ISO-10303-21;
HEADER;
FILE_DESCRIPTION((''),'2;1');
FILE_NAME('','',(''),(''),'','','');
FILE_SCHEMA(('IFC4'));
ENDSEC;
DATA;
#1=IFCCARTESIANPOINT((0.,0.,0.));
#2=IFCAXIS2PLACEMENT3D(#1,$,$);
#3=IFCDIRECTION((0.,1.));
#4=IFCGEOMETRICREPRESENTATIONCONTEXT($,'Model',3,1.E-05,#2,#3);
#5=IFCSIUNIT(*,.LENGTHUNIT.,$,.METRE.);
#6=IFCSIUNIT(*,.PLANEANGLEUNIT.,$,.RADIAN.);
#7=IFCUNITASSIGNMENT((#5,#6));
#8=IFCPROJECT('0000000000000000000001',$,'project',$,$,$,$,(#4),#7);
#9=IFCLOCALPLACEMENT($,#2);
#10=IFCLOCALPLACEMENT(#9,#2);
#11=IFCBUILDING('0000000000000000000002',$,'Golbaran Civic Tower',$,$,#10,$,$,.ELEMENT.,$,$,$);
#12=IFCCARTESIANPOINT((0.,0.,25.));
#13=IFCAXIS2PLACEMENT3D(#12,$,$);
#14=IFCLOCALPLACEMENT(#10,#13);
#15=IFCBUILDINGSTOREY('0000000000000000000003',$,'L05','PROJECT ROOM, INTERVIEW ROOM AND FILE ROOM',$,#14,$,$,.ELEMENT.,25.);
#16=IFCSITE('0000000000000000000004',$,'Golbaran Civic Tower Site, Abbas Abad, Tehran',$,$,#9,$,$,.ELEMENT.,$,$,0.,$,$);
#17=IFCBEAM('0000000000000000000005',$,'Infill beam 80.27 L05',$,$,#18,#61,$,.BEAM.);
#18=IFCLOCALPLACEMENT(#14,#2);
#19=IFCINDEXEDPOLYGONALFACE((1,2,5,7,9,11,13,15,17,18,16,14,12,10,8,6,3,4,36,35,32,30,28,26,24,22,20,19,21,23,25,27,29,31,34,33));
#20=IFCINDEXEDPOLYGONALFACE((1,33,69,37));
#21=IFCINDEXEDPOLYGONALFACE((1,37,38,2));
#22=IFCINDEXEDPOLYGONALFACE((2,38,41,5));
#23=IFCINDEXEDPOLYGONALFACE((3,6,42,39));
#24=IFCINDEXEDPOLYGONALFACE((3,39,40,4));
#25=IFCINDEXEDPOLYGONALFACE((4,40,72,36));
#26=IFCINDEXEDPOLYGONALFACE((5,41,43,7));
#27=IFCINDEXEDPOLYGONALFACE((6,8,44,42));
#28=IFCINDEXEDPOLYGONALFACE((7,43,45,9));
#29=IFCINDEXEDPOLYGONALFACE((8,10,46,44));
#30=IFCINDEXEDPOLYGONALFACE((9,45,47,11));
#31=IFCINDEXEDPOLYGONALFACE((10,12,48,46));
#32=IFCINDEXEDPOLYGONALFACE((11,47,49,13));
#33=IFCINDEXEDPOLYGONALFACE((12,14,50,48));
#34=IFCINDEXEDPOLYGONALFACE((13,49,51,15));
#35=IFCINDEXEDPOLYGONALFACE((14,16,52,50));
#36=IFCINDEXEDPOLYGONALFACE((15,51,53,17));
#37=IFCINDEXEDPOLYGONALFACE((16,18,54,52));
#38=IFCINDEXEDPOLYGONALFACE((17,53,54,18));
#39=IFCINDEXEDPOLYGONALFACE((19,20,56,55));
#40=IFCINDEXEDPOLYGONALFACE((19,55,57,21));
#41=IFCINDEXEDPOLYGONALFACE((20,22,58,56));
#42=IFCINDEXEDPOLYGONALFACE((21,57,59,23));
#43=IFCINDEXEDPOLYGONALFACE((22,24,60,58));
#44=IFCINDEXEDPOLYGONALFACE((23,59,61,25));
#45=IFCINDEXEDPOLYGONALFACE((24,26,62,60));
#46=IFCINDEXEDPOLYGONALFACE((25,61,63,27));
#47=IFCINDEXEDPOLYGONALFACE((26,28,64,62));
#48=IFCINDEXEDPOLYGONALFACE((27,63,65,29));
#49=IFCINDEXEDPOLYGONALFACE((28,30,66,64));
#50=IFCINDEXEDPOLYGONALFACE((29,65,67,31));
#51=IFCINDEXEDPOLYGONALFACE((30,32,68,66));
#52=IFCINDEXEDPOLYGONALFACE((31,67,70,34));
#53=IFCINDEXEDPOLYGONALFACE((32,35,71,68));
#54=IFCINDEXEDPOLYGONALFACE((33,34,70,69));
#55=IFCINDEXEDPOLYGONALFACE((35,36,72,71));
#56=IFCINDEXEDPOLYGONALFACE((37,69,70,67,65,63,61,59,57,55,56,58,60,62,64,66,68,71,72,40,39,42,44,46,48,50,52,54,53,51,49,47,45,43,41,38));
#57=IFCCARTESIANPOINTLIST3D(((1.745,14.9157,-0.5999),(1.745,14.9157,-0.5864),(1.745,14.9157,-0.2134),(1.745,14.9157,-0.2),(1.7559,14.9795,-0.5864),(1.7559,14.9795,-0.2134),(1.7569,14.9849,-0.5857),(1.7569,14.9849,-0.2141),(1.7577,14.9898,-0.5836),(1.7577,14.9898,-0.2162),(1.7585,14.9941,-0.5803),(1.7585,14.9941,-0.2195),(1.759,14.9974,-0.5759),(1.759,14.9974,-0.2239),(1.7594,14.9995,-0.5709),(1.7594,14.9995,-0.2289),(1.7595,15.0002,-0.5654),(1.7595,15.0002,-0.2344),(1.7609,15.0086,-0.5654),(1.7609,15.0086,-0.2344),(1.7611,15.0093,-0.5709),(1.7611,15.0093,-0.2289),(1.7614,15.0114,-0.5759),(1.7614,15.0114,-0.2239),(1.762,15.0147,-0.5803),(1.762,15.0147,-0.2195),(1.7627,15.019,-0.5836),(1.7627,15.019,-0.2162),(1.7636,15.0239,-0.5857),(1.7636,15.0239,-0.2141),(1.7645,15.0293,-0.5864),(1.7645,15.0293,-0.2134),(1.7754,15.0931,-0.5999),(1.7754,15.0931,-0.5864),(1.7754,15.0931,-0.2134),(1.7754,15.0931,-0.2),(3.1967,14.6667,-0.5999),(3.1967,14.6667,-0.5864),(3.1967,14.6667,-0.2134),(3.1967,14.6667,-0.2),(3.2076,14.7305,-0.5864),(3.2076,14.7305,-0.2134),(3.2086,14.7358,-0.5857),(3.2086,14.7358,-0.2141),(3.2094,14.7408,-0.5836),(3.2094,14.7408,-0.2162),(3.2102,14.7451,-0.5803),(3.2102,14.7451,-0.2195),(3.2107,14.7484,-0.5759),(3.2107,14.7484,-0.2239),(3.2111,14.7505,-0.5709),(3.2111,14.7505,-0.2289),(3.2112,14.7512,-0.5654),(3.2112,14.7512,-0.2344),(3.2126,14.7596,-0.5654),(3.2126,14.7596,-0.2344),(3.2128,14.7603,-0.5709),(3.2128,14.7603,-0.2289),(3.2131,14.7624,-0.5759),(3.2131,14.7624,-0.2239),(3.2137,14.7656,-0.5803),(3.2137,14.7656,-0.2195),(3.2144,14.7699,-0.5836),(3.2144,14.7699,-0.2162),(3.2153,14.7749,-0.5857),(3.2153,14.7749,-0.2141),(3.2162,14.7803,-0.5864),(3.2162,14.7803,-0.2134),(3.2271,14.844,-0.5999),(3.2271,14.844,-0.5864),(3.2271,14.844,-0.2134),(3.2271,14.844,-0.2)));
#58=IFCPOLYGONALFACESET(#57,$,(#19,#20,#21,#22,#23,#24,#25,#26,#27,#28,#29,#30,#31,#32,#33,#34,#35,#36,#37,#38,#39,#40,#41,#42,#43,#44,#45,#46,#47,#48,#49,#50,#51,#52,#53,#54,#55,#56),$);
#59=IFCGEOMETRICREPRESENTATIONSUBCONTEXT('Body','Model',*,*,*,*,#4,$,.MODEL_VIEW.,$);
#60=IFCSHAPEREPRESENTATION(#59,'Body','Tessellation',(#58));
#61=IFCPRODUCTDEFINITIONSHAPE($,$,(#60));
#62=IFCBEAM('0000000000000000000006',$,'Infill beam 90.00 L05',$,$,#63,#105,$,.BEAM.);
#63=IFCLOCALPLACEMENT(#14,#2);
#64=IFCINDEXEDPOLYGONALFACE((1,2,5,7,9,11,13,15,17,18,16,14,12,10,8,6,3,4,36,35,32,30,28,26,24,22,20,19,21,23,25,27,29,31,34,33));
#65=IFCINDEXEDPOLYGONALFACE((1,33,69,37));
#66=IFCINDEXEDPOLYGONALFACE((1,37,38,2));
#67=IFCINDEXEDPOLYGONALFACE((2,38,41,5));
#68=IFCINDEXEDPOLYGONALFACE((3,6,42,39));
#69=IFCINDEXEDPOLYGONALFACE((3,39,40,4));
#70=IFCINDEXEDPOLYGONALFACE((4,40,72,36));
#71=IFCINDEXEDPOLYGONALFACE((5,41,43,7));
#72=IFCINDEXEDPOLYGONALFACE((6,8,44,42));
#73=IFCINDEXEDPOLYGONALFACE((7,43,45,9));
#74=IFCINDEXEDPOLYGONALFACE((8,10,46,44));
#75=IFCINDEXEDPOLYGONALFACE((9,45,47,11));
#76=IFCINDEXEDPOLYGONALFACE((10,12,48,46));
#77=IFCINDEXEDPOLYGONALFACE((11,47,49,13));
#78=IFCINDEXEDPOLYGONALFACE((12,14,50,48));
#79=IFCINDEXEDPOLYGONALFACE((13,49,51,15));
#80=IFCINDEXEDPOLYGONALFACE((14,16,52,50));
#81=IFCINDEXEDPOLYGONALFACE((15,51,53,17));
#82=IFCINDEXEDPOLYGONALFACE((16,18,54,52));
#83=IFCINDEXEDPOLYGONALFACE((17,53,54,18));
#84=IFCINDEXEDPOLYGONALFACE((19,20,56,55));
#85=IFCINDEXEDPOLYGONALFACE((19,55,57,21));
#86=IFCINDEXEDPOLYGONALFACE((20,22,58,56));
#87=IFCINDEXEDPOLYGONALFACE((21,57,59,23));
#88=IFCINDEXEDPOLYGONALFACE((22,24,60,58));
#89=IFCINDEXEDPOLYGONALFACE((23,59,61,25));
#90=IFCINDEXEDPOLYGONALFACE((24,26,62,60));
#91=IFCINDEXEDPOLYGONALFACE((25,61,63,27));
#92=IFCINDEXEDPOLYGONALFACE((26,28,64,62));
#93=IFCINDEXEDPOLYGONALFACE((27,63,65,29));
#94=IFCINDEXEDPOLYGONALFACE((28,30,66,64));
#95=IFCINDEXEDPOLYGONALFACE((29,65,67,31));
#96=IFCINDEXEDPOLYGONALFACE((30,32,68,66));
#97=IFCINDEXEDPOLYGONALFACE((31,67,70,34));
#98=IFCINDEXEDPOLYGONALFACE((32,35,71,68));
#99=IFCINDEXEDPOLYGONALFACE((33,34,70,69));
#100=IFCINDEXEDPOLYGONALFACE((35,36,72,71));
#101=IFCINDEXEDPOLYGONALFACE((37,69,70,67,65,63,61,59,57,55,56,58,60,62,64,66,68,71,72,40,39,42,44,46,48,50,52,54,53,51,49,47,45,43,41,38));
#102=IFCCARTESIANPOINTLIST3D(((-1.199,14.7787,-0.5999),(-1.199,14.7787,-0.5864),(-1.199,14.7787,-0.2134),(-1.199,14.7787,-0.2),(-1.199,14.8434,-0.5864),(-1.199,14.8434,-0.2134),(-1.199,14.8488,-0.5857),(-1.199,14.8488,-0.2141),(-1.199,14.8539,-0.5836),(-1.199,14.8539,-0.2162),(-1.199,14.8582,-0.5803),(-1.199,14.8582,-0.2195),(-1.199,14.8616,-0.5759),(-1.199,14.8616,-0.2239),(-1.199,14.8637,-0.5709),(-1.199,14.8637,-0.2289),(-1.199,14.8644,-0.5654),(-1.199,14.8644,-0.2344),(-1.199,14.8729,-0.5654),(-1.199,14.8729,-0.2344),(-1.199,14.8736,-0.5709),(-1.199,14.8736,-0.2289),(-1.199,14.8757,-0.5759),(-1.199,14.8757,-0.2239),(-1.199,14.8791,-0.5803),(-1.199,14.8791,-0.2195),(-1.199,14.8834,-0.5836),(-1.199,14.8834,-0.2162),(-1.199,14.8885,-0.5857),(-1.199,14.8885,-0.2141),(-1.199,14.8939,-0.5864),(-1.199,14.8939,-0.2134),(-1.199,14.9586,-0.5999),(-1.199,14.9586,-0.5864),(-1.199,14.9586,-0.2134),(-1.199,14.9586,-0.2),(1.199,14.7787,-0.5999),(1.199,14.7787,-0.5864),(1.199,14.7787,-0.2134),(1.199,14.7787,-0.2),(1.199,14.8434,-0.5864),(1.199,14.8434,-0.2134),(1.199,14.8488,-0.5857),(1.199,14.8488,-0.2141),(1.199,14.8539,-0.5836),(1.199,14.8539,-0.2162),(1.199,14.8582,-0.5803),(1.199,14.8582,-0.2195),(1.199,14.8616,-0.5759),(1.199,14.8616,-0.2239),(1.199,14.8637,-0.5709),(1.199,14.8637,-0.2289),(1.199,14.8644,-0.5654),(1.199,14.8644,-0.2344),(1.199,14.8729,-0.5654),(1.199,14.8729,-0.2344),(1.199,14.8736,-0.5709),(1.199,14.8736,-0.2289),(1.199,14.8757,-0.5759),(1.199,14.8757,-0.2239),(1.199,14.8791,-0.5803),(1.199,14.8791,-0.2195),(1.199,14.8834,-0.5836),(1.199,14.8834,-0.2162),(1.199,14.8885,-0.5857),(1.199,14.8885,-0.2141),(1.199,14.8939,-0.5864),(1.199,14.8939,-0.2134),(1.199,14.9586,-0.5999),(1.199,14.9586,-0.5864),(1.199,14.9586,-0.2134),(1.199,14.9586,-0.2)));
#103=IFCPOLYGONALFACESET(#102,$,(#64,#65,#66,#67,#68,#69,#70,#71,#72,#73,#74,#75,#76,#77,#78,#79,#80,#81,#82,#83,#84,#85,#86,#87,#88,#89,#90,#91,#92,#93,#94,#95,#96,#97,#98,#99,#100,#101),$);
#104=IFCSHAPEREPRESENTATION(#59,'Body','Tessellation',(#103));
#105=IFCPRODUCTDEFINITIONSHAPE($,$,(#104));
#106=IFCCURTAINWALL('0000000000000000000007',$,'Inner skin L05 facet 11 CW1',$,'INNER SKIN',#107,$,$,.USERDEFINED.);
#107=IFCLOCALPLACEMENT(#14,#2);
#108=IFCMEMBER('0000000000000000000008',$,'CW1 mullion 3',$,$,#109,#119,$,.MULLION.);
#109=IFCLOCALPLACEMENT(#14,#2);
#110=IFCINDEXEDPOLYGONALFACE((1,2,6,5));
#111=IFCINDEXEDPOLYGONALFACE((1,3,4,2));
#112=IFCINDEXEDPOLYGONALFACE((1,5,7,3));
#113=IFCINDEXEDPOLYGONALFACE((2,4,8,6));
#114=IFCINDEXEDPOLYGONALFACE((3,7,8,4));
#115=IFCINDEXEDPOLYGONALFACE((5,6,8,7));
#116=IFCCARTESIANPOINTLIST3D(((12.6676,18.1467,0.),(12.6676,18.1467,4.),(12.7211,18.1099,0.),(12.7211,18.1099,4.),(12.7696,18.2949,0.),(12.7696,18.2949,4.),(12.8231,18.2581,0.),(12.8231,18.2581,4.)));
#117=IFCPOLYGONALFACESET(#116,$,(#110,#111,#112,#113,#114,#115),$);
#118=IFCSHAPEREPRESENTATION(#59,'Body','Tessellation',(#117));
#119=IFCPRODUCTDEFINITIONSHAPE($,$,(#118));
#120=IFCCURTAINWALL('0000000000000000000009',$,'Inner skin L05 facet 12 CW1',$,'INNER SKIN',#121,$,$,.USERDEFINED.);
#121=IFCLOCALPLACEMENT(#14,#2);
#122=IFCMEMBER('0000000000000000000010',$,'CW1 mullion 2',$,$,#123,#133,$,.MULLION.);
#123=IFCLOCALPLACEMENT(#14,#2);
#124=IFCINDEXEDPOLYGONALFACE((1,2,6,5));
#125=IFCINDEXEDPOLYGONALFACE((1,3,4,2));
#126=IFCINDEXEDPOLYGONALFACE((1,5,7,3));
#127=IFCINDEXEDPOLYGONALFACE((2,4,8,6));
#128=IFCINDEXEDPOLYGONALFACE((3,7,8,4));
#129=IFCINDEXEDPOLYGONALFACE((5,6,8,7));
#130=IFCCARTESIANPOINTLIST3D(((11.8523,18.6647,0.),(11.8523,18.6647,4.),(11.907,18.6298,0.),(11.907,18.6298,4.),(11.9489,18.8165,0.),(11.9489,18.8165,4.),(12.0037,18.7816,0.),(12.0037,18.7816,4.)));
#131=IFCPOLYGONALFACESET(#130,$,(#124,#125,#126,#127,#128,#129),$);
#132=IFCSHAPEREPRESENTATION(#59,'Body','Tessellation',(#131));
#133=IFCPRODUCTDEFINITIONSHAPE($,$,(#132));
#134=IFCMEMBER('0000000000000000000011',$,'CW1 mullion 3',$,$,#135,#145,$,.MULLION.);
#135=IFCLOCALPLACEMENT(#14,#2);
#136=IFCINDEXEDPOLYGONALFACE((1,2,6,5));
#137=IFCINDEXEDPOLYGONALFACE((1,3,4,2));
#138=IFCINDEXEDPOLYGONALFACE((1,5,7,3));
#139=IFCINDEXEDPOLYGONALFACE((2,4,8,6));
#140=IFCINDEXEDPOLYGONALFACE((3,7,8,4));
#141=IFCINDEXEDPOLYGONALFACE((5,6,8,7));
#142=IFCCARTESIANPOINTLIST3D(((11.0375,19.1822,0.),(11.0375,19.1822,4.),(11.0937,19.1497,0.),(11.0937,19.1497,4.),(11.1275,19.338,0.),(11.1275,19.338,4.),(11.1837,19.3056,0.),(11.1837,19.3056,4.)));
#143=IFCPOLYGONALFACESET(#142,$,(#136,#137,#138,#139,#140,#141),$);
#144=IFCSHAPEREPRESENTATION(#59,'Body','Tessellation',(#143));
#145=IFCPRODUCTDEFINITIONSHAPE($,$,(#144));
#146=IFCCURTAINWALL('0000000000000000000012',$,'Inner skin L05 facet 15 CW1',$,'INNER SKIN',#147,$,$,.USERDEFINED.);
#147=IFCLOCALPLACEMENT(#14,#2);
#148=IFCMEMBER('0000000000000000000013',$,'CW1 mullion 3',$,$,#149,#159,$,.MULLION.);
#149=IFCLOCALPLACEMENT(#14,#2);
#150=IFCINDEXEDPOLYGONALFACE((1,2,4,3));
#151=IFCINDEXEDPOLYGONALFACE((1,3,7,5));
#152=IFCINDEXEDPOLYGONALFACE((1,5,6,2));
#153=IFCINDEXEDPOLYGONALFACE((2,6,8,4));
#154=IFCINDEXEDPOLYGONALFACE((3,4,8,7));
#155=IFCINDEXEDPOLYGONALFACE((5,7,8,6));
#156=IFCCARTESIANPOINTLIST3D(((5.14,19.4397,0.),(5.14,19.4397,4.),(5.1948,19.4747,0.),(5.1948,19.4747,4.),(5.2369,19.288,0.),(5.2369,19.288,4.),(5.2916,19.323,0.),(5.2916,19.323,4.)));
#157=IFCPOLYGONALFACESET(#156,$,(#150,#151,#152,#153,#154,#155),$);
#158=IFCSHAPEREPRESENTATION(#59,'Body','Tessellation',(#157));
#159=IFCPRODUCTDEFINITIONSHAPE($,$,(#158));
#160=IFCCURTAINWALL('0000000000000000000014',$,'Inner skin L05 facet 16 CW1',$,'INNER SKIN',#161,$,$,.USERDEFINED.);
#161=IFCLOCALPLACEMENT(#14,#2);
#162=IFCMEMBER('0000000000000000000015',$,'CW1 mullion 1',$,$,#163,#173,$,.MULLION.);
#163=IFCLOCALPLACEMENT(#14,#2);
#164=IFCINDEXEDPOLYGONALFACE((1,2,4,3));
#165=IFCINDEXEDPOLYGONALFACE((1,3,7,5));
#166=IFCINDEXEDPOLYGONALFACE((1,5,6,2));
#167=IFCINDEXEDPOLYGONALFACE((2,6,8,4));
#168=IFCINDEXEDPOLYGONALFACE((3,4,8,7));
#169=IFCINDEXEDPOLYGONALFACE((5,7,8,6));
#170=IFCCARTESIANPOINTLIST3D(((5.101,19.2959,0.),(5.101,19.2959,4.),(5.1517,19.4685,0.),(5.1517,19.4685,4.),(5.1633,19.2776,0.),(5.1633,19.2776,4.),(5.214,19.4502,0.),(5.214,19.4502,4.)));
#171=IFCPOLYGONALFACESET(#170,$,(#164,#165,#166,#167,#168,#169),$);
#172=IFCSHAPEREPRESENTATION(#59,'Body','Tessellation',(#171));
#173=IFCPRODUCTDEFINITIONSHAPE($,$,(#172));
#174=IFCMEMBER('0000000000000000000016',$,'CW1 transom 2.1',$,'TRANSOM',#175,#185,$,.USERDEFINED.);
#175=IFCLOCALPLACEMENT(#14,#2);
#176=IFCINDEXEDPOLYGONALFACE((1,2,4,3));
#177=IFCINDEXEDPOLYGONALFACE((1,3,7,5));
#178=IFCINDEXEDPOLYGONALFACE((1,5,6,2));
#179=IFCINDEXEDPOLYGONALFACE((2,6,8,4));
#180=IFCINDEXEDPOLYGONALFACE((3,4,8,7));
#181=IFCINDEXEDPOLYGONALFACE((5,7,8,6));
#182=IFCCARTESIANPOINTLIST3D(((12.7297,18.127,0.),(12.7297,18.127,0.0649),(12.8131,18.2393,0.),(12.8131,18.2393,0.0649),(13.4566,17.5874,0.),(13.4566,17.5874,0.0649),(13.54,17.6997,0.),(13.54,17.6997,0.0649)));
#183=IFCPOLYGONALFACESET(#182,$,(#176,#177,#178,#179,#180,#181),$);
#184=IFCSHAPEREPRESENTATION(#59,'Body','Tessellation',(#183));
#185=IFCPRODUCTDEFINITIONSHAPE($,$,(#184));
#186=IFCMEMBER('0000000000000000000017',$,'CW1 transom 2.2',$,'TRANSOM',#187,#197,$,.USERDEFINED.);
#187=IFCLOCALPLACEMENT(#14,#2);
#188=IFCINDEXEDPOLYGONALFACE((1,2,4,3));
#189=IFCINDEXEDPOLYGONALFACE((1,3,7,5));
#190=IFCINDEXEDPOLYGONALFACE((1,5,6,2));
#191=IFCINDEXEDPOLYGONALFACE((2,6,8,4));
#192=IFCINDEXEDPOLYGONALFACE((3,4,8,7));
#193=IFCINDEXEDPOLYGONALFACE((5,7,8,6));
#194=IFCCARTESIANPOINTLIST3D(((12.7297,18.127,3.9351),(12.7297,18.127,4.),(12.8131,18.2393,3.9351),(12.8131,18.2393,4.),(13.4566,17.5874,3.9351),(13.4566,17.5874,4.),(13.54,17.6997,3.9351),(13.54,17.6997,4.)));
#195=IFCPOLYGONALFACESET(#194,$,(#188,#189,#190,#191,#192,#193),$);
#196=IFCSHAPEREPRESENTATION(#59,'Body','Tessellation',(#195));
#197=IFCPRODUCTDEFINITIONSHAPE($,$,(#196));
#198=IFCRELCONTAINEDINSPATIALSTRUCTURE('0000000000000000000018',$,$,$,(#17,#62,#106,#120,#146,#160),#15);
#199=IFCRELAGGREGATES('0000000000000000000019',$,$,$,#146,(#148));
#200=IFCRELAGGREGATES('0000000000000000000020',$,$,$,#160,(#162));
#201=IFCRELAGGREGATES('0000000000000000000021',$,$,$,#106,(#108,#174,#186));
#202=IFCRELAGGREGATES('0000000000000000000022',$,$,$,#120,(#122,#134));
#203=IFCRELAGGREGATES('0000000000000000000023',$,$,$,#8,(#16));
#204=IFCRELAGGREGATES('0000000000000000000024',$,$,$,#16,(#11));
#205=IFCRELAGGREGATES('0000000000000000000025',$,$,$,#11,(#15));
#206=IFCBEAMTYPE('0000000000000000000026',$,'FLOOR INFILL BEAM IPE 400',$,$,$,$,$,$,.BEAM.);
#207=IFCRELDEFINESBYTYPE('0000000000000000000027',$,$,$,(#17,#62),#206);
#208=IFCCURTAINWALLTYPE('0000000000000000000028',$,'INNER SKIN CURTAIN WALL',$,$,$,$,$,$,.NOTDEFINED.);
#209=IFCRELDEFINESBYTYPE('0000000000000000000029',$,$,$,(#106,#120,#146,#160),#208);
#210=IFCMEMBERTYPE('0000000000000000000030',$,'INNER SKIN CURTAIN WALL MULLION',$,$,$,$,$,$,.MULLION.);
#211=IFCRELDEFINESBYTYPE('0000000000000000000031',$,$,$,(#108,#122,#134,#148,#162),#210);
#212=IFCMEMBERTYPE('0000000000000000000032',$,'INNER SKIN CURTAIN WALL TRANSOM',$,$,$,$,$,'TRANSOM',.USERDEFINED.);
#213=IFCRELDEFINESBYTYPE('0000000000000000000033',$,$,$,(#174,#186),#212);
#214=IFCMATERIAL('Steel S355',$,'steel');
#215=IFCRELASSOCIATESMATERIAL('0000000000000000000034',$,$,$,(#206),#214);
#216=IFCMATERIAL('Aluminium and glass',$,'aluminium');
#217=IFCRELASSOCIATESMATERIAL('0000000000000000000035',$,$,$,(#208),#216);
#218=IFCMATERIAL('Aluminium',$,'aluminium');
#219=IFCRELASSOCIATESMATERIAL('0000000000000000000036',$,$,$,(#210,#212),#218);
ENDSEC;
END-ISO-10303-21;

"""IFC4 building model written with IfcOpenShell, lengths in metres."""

from ifc_helpers import new_model, si_unit, direction, frame, origin, origin_2d, place, context, subcontext, project, spatial, rectangle, i_section, extrude, material, material_profile, profile_set, type_object, element, aggregate, save


model = new_model("IFC4")

# Units and contexts
model_context = context("Model", 3, precision=1e-05, world=origin(), true_north=direction((0.0, 1.0)))
body_context = subcontext(model_context, "Body", "Model", "MODEL_VIEW")
ifc_project = project(units=[si_unit("LENGTHUNIT", "METRE"), si_unit("PLANEANGLEUNIT", "RADIAN")], contexts=[model_context])

# Site, building, storey
site_placement = place(None, origin())
site = spatial("IfcSite", under=ifc_project, at=site_placement, Name="Golbaran Civic Tower Site, Abbas Abad, Tehran", CompositionType="ELEMENT", RefElevation=0.0)
building_placement = place(site_placement, origin())
building = spatial("IfcBuilding", under=site, at=building_placement, Name="Golbaran Civic Tower", CompositionType="ELEMENT")
storey_placement = place(building_placement, frame((0.0, 0.0, 25.0)))
storey = spatial("IfcBuildingStorey", under=building, at=storey_placement, Name="L05", Description="PROJECT ROOM, INTERVIEW ROOM AND FILE ROOM", CompositionType="ELEMENT", Elevation=25.0)

# Beams
ifc_material_1 = material(Name="Steel S355", Category="steel")
ifc_material_profile_1 = material_profile(ifc_material_1, i_section(OverallWidth=0.1799, OverallDepth=0.3999, WebThickness=0.0085, FlangeThickness=0.0134, FilletRadius=0.021, at=origin_2d()), Name="IPE 400")
ifc_profile_set_1 = profile_set([ifc_material_profile_1], Name="Steel S355")
beam_type_1 = type_object("IfcBeamType", Name="FLOOR INFILL BEAM IPE 400", PredefinedType="BEAM", material=ifc_profile_set_1)
beam_1_placement = place(storey_placement, frame((3.2119, 14.7554, -0.3999), z_axis=(-0.985603, 0.169074, 0.0), x_axis=(-0.169074, -0.985603, 0.0)))
element("IfcBeam", 1, at=beam_1_placement, inside=storey, type_object=beam_type_1, Name="Infill beam 80.27 L05", PredefinedType="BEAM", context=body_context, shape_type="SweptSolid", body=[
    extrude(i_section(OverallWidth=0.1799, OverallDepth=0.3999, WebThickness=0.0085, FlangeThickness=0.0134, FilletRadius=0.021, at=origin_2d()), origin(), (0.0, 0.0, 1.0), 1.4729),
])
beam_2_placement = place(storey_placement, frame((1.199, 14.8687, -0.3999), z_axis=(-1.0, 0.0, 0.0), x_axis=(0.0, -1.0, 0.0)))
element("IfcBeam", 2, at=beam_2_placement, inside=storey, type_object=beam_type_1, Name="Infill beam 90.00 L05", PredefinedType="BEAM", context=body_context, shape_type="SweptSolid", body=[
    extrude(i_section(OverallWidth=0.1799, OverallDepth=0.3999, WebThickness=0.0085, FlangeThickness=0.0134, FilletRadius=0.021, at=origin_2d()), origin(), (0.0, 0.0, 1.0), 2.3979),
])

# Curtain wall, member
ifc_material_2 = material(Name="Aluminium and glass", Category="aluminium")
curtain_wall_type = type_object("IfcCurtainWallType", Name="INNER SKIN CURTAIN WALL", PredefinedType="NOTDEFINED", material=ifc_material_2)
curtain_wall_1_placement = place(storey_placement, origin())
curtain_wall_1 = element("IfcCurtainWall", 3, at=curtain_wall_1_placement, inside=storey, type_object=curtain_wall_type, Name="Inner skin L05 facet 11 CW1", ObjectType="INNER SKIN", PredefinedType="USERDEFINED")
ifc_material_3 = material(Name="Aluminium", Category="aluminium")
ifc_material_profile_2 = material_profile(ifc_material_3, rectangle(XDim=0.1799, YDim=0.0649, at=origin_2d()), Name="INNER SKIN CURTAIN WALL MULLION")
ifc_profile_set_2 = profile_set([ifc_material_profile_2], Name="Aluminium")
member_type_1 = type_object("IfcMemberType", Name="INNER SKIN CURTAIN WALL MULLION", PredefinedType="MULLION", material=ifc_profile_set_2)
member_1_placement = place(storey_placement, frame((12.7454, 18.2024, 0.0), z_axis=(0.0, 0.0, 1.0), x_axis=(-0.56702, -0.823704, 0.0)))
member_1 = element("IfcMember", 4, at=member_1_placement, type_object=member_type_1, Name="CW1 mullion 3", PredefinedType="MULLION", context=body_context, shape_type="SweptSolid", body=[
    extrude(rectangle(XDim=0.1799, YDim=0.0649, at=origin_2d()), origin(), (0.0, 0.0, 1.0), 4.0),
])

# Curtain wall, members
curtain_wall_2_placement = place(storey_placement, origin())
curtain_wall_2 = element("IfcCurtainWall", 5, at=curtain_wall_2_placement, inside=storey, type_object=curtain_wall_type, Name="Inner skin L05 facet 12 CW1", ObjectType="INNER SKIN", PredefinedType="USERDEFINED")
member_2_placement = place(storey_placement, frame((11.928, 18.7231, 0.0), z_axis=(0.0, 0.0, 1.0), x_axis=(-0.5373, -0.843391, 0.0)))
member_2 = element("IfcMember", 6, at=member_2_placement, type_object=member_type_1, Name="CW1 mullion 2", PredefinedType="MULLION", context=body_context, shape_type="SweptSolid", body=[
    extrude(rectangle(XDim=0.1799, YDim=0.0649, at=origin_2d()), origin(), (0.0, 0.0, 1.0), 4.0),
])
member_3_placement = place(storey_placement, frame((11.1106, 19.2439, 0.0), z_axis=(0.0, 0.0, 1.0), x_axis=(-0.5, -0.866025, 0.0)))
member_3 = element("IfcMember", 7, at=member_3_placement, type_object=member_type_1, Name="CW1 mullion 3", PredefinedType="MULLION", context=body_context, shape_type="SweptSolid", body=[
    extrude(rectangle(XDim=0.1799, YDim=0.0649, at=origin_2d()), origin(), (0.0, 0.0, 1.0), 4.0),
])

# Curtain walls, members
curtain_wall_3_placement = place(storey_placement, origin())
curtain_wall_3 = element("IfcCurtainWall", 8, at=curtain_wall_3_placement, inside=storey, type_object=curtain_wall_type, Name="Inner skin L05 facet 15 CW1", ObjectType="INNER SKIN", PredefinedType="USERDEFINED")
member_4_placement = place(storey_placement, frame((5.2158, 19.3813, 0.0), z_axis=(0.0, 0.0, 1.0), x_axis=(0.538063, -0.842904, 0.0)))
member_4 = element("IfcMember", 9, at=member_4_placement, type_object=member_type_1, Name="CW1 mullion 3", PredefinedType="MULLION", context=body_context, shape_type="SweptSolid", body=[
    extrude(rectangle(XDim=0.1799, YDim=0.0649, at=origin_2d()), origin(), (0.0, 0.0, 1.0), 4.0),
])
aggregate(curtain_wall_3, [member_4])
curtain_wall_4_placement = place(storey_placement, origin())
curtain_wall_4 = element("IfcCurtainWall", 10, at=curtain_wall_4_placement, inside=storey, type_object=curtain_wall_type, Name="Inner skin L05 facet 16 CW1", ObjectType="INNER SKIN", PredefinedType="USERDEFINED")
member_5_placement = place(storey_placement, frame((5.1575, 19.373, 0.0), z_axis=(0.0, 0.0, 1.0), x_axis=(-0.281964, -0.959425, 0.0)))
member_5 = element("IfcMember", 11, at=member_5_placement, type_object=member_type_1, Name="CW1 mullion 1", PredefinedType="MULLION", context=body_context, shape_type="SweptSolid", body=[
    extrude(rectangle(XDim=0.1799, YDim=0.0649, at=origin_2d()), origin(), (0.0, 0.0, 1.0), 4.0),
])

# Members
ifc_material_profile_3 = material_profile(ifc_material_3, rectangle(XDim=0.1399, YDim=0.0649, at=origin_2d()), Name="INNER SKIN CURTAIN WALL TRANSOM")
ifc_profile_set_3 = profile_set([ifc_material_profile_3], Name="Aluminium")
member_type_2 = type_object("IfcMemberType", Name="INNER SKIN CURTAIN WALL TRANSOM", ElementType="TRANSOM", PredefinedType="USERDEFINED", material=ifc_profile_set_3)
member_6_placement = place(storey_placement, frame((13.4983, 17.6436, 0.0325), z_axis=(-0.802936, 0.596066, 0.0), x_axis=(-0.596066, -0.802936, 0.0)))
member_6 = element("IfcMember", 12, at=member_6_placement, type_object=member_type_2, Name="CW1 transom 2.1", ObjectType="TRANSOM", PredefinedType="USERDEFINED", context=body_context, shape_type="SweptSolid", body=[
    extrude(rectangle(XDim=0.1399, YDim=0.0649, at=origin_2d()), origin(), (0.0, 0.0, 1.0), 0.9053),
])
member_7_placement = place(storey_placement, frame((13.4983, 17.6436, 3.9675), z_axis=(-0.802936, 0.596066, 0.0), x_axis=(-0.596066, -0.802936, 0.0)))
member_7 = element("IfcMember", 13, at=member_7_placement, type_object=member_type_2, Name="CW1 transom 2.2", ObjectType="TRANSOM", PredefinedType="USERDEFINED", context=body_context, shape_type="SweptSolid", body=[
    extrude(rectangle(XDim=0.1399, YDim=0.0649, at=origin_2d()), origin(), (0.0, 0.0, 1.0), 0.9053),
])

aggregate(curtain_wall_4, [member_5])

aggregate(curtain_wall_1, [member_1, member_6, member_7])
aggregate(curtain_wall_2, [member_2, member_3])

save(model, "model.ifc")
